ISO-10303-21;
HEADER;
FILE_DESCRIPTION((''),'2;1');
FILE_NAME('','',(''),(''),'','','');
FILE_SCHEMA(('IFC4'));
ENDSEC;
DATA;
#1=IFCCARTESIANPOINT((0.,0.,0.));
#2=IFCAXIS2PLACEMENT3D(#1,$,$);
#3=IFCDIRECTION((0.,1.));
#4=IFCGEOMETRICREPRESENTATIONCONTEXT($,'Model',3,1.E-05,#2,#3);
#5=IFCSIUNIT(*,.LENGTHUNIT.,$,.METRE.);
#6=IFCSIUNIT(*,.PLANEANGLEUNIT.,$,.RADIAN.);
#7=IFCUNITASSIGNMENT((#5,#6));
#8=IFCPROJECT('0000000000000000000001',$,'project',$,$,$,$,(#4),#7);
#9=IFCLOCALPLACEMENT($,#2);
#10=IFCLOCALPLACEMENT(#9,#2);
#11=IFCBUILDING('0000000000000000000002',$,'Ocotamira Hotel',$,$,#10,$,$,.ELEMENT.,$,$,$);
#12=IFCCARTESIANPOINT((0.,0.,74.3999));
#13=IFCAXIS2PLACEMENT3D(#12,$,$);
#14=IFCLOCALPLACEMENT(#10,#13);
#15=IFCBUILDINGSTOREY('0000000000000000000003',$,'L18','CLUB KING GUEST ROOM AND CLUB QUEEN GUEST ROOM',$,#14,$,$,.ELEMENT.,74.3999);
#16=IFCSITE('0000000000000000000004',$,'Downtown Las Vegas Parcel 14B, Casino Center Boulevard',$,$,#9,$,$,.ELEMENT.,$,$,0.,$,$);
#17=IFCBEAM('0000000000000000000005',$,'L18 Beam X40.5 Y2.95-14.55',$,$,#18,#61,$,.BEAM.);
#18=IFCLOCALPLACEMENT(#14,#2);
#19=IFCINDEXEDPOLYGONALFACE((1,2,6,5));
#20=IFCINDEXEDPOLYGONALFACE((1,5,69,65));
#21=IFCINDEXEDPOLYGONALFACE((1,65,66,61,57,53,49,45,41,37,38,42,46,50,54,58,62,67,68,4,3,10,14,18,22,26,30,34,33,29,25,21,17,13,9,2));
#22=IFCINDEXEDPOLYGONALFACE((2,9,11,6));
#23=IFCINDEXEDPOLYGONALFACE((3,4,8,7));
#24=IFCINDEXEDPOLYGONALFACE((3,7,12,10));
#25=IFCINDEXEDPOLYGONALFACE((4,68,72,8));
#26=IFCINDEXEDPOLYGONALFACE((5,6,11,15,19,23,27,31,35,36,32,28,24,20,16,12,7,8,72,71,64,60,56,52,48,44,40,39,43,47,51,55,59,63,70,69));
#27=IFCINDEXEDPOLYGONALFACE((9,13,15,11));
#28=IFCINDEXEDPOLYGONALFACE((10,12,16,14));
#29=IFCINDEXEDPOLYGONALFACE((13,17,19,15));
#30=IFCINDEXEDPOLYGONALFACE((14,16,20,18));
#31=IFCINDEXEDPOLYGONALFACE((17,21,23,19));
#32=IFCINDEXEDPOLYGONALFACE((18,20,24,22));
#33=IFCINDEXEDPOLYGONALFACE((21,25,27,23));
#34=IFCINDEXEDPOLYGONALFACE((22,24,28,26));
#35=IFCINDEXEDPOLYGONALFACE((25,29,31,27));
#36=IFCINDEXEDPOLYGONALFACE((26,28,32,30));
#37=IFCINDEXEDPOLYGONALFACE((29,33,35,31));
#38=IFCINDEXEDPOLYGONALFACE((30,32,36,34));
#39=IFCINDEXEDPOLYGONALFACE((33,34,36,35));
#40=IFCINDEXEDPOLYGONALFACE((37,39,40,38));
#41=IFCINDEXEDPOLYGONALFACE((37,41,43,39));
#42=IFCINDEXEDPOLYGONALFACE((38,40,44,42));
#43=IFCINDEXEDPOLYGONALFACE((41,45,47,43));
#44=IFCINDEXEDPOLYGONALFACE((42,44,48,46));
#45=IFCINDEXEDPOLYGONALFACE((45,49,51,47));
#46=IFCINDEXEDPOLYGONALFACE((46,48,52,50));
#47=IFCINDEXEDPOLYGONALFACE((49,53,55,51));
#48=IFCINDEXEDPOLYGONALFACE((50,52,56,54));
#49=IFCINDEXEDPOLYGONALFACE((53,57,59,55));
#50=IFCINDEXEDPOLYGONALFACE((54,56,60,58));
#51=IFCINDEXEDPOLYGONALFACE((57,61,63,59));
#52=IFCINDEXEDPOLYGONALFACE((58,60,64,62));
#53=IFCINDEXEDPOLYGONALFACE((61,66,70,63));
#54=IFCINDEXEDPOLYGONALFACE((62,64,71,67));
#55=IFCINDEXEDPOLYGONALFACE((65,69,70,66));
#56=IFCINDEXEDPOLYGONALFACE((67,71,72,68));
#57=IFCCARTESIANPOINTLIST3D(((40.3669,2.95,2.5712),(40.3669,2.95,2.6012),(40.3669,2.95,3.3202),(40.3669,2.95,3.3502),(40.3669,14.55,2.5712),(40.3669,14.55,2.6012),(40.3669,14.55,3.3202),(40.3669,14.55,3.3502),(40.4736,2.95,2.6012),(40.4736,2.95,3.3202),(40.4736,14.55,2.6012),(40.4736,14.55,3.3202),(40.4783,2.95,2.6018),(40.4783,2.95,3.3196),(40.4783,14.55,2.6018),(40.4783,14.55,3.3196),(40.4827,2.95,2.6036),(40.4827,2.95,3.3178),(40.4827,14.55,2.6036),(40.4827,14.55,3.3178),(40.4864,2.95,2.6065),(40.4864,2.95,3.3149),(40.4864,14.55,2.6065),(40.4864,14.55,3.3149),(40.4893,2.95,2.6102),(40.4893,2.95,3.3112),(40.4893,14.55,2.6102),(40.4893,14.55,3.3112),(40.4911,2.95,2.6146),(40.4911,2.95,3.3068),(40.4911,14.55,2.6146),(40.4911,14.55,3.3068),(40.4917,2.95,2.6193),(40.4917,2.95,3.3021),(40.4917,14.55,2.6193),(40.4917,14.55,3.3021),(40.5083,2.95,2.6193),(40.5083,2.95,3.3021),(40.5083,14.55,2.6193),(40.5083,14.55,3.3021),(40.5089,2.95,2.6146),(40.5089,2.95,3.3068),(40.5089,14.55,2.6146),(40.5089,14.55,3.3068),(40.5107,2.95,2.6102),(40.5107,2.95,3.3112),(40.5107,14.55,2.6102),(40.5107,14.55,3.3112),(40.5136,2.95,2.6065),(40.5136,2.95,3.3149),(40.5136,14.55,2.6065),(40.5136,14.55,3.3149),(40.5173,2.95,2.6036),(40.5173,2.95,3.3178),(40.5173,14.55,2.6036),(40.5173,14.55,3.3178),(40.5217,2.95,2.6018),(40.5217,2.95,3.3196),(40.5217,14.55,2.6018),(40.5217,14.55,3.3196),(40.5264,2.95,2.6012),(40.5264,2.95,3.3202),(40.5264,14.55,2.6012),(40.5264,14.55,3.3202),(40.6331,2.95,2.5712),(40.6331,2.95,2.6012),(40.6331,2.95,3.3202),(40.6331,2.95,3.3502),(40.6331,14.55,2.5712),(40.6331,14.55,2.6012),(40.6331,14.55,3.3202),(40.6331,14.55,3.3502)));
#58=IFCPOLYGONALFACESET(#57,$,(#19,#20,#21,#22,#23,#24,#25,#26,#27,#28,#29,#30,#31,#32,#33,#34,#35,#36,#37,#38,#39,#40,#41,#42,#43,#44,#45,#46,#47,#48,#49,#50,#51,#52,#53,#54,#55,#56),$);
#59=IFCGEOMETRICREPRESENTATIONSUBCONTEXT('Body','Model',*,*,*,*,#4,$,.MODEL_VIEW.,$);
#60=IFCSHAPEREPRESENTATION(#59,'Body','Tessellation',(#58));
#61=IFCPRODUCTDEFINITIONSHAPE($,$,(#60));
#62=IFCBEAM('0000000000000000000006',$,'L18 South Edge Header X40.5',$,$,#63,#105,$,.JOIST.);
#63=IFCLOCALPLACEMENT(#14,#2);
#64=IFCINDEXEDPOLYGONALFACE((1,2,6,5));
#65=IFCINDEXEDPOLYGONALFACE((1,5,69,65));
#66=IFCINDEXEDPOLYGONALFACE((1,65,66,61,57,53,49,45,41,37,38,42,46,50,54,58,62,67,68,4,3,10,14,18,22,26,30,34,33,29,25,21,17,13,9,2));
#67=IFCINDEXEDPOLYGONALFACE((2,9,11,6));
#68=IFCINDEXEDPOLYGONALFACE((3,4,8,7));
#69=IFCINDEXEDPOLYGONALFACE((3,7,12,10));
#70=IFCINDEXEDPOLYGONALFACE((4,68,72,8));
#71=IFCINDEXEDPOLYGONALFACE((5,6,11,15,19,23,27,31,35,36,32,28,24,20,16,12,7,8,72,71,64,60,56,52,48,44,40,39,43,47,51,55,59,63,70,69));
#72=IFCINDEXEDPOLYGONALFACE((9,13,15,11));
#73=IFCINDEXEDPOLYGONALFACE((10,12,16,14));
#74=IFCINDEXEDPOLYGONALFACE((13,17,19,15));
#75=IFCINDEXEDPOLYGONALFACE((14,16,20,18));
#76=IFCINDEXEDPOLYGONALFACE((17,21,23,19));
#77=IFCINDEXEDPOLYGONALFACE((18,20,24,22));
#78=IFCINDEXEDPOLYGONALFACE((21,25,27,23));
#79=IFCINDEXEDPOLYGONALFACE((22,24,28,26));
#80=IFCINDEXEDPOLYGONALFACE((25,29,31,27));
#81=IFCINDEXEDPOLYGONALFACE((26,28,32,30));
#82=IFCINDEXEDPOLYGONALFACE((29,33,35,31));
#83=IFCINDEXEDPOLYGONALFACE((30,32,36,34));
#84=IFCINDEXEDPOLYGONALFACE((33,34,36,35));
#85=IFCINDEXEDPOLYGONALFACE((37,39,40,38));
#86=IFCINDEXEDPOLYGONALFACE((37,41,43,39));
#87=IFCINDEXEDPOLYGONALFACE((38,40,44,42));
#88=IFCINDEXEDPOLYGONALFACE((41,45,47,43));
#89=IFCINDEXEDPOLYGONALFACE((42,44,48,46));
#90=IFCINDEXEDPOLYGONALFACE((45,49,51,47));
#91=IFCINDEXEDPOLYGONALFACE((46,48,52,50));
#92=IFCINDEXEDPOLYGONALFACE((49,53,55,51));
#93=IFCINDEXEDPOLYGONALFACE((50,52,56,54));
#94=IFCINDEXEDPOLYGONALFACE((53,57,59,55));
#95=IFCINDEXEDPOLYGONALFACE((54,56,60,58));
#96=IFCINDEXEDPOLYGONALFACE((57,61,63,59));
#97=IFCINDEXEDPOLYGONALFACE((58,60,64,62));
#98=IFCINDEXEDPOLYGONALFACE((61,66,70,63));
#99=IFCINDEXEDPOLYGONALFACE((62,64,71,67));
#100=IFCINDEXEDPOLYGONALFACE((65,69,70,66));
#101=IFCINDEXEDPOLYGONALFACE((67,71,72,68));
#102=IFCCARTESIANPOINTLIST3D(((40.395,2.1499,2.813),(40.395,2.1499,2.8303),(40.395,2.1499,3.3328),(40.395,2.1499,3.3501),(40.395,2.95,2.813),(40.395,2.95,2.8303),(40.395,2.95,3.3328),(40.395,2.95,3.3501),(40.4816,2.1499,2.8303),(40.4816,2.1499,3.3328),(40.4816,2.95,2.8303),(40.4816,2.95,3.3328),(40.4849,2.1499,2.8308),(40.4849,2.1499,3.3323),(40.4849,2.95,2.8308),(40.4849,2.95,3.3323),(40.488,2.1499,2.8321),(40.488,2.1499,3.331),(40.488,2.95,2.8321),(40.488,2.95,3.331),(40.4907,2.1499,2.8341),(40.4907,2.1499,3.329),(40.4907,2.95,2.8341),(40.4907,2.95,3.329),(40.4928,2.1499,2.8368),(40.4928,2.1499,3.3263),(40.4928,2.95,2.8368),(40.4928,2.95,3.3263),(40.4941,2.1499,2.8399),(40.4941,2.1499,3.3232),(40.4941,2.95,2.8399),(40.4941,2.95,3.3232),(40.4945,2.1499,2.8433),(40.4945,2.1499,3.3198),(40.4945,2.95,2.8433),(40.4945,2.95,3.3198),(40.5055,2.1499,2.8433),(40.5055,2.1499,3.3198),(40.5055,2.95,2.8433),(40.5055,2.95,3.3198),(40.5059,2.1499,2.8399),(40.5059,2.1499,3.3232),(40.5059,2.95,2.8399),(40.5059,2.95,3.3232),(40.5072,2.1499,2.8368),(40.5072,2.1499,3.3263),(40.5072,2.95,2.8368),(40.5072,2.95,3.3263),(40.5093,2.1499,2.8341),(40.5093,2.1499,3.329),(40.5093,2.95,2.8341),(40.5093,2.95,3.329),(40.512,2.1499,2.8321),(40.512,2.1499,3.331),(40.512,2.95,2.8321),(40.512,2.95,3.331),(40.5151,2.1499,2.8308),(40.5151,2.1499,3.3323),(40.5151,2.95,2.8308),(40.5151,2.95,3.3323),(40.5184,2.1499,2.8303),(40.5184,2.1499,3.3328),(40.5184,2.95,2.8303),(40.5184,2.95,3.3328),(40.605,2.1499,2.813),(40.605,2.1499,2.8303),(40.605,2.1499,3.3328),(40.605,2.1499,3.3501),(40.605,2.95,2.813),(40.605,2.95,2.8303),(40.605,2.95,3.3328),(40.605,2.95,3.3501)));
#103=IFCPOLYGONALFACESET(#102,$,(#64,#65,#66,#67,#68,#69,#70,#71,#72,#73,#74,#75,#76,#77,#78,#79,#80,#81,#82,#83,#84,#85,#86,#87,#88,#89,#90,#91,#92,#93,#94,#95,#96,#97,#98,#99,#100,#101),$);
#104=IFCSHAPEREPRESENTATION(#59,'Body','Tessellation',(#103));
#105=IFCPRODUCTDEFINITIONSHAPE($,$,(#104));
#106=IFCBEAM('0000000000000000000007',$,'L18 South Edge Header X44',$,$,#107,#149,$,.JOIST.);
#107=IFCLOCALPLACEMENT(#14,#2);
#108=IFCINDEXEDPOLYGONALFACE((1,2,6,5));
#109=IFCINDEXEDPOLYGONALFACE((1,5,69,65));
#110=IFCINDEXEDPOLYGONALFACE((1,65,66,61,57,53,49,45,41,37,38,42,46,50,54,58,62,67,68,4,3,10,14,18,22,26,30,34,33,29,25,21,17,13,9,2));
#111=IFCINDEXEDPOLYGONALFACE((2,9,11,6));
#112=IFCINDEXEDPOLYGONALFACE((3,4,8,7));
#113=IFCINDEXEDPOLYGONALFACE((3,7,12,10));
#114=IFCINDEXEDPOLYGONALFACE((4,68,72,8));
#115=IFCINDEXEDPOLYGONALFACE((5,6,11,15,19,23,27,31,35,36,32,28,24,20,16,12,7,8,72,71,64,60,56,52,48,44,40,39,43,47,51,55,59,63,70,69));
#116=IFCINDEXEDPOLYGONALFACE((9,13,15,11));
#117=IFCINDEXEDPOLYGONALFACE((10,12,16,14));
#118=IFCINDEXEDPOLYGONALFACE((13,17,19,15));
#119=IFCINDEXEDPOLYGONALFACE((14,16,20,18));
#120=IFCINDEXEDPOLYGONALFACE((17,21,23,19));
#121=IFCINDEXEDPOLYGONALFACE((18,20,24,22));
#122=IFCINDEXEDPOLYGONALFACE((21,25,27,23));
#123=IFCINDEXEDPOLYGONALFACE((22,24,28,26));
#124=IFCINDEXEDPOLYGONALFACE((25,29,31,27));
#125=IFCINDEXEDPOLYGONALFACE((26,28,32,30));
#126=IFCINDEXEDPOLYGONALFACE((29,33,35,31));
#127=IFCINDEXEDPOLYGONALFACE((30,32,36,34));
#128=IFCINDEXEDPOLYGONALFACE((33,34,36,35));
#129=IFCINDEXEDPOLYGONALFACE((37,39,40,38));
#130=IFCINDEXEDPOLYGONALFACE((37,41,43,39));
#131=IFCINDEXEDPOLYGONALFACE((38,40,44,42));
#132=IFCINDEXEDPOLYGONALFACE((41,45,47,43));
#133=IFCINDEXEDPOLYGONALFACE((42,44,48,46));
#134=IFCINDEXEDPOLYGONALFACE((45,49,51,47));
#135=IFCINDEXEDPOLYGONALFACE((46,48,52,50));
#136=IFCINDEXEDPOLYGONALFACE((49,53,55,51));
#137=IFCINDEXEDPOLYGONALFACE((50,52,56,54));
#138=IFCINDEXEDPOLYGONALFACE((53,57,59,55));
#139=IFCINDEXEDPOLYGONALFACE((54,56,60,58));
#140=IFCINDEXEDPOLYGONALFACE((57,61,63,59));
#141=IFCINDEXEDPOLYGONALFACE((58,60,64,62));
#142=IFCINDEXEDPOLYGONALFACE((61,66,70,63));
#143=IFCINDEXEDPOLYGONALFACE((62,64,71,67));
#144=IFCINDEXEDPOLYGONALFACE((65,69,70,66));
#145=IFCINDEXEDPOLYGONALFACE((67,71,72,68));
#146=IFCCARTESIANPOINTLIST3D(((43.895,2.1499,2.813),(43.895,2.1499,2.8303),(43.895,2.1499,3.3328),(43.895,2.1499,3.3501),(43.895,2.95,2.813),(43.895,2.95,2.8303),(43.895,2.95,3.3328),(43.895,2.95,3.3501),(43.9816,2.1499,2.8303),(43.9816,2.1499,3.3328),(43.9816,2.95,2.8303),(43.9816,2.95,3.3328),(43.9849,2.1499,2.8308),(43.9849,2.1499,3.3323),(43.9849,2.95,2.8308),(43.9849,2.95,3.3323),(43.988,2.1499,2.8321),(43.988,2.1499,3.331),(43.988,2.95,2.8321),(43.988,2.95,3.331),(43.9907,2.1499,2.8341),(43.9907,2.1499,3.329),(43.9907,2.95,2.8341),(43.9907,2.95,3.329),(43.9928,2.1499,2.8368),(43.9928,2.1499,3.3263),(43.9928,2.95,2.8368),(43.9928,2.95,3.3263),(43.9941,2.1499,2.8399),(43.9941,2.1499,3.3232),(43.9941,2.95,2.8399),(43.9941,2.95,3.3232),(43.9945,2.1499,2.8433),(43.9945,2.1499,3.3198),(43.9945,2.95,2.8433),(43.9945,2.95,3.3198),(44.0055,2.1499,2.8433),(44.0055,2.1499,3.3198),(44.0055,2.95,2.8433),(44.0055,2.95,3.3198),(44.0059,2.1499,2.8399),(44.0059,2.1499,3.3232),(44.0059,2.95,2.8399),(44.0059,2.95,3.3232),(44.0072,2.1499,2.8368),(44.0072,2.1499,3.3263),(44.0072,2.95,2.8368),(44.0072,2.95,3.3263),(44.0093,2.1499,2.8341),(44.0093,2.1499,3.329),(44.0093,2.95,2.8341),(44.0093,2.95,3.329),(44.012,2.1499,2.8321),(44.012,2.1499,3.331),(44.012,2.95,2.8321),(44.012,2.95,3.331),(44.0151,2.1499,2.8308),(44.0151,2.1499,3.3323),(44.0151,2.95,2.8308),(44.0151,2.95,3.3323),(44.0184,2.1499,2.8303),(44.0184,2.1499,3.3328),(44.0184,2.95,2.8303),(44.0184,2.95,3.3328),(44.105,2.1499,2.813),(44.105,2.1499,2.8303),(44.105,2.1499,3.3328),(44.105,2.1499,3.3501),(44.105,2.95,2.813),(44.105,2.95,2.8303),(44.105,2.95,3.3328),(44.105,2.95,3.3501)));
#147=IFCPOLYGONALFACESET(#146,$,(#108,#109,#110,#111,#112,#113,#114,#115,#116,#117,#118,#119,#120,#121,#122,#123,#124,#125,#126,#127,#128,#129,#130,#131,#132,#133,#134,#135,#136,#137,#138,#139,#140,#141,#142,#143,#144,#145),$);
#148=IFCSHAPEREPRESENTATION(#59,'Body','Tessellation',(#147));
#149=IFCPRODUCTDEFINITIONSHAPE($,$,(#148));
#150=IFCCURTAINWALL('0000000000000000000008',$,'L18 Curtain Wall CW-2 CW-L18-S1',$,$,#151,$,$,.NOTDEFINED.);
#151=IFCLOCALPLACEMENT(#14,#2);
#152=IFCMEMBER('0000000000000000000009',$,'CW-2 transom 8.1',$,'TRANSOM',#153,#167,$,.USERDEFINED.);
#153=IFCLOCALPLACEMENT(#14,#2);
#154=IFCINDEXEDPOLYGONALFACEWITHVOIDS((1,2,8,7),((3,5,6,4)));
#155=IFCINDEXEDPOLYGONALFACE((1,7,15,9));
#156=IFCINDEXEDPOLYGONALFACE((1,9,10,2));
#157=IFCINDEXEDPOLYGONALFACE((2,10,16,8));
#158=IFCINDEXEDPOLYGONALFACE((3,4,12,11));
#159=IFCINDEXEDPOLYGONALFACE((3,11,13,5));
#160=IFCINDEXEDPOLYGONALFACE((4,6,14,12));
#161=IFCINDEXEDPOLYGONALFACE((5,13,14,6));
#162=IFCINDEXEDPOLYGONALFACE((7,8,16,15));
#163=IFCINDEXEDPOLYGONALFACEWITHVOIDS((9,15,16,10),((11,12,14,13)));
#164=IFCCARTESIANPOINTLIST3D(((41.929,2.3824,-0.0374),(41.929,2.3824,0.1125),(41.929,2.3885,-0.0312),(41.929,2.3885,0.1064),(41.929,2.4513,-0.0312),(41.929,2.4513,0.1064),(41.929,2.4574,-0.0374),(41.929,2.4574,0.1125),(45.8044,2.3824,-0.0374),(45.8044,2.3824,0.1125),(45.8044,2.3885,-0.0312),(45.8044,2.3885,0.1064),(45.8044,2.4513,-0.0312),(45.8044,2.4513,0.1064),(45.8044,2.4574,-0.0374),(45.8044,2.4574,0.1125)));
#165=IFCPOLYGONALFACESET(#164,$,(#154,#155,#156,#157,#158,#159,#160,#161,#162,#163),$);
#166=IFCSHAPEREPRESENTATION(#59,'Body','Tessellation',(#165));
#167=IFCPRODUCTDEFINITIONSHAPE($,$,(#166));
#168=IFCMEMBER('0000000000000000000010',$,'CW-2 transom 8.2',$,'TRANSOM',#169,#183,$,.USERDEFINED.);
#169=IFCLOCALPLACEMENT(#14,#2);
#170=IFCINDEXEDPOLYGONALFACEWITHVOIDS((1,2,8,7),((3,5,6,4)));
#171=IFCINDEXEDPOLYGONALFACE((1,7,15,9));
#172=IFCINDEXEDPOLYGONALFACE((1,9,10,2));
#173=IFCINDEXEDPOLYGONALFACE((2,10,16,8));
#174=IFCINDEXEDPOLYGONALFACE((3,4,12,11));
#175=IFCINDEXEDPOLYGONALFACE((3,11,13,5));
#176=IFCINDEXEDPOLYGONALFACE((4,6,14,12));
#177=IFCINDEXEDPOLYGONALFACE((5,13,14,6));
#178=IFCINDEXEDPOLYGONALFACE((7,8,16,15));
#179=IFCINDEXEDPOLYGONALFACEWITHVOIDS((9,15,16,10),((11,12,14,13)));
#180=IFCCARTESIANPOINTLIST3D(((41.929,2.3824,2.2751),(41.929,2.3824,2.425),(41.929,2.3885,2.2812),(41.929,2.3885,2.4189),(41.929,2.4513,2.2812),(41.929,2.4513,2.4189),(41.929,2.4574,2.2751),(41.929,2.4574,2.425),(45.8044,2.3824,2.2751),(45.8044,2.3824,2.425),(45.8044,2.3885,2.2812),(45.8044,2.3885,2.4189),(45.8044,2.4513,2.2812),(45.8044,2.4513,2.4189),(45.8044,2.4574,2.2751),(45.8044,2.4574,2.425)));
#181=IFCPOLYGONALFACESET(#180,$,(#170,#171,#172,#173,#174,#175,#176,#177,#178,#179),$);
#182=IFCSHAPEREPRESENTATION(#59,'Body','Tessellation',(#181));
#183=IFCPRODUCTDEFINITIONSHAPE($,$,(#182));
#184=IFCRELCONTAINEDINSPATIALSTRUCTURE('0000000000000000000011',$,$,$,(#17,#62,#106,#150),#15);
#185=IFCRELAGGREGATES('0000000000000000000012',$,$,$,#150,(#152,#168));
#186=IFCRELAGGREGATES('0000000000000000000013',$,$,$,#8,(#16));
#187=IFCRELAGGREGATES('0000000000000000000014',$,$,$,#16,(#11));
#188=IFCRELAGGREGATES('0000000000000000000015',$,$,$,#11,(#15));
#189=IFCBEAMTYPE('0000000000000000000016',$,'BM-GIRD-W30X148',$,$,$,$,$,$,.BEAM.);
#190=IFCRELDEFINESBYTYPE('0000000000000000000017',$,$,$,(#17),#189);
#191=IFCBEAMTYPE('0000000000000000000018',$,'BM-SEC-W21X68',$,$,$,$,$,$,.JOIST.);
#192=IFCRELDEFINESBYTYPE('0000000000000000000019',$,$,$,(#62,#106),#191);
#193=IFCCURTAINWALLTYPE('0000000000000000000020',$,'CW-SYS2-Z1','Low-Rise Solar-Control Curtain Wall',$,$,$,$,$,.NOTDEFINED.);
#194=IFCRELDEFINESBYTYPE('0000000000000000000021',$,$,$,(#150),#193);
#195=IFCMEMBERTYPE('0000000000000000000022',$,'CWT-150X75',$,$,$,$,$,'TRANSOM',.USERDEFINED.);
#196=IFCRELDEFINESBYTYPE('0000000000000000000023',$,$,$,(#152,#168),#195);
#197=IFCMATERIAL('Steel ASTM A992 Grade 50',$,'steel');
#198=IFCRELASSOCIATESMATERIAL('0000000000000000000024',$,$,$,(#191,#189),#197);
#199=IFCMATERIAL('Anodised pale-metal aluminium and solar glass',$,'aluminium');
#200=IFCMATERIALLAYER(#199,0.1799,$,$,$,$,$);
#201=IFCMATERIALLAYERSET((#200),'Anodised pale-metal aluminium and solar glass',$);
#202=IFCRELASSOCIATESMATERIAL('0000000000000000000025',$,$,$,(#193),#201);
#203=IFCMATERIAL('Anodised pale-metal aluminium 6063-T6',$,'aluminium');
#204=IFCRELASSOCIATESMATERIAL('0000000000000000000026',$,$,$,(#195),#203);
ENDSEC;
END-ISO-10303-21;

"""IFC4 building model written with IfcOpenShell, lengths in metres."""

from ifc_helpers import new_model, si_unit, direction, frame, origin, origin_2d, place, context, subcontext, project, spatial, hollow_rectangle, i_section, extrude, source, transform, mapped, material, layer, layer_set, material_profile, profile_set, type_object, element, aggregate, save


model = new_model("IFC4")

# Units and contexts
model_context = context("Model", 3, precision=1e-05, world=origin(), true_north=direction((0.0, 1.0)))
body_context = subcontext(model_context, "Body", "Model", "MODEL_VIEW")
ifc_project = project(units=[si_unit("LENGTHUNIT", "METRE"), si_unit("PLANEANGLEUNIT", "RADIAN")], contexts=[model_context])

# Site, building, storey
site_placement = place(None, origin())
site = spatial("IfcSite", under=ifc_project, at=site_placement, Name="Downtown Las Vegas Parcel 14B, Casino Center Boulevard", CompositionType="ELEMENT", RefElevation=0.0)
building_placement = place(site_placement, origin())
building = spatial("IfcBuilding", under=site, at=building_placement, Name="Ocotamira Hotel", CompositionType="ELEMENT")
storey_placement = place(building_placement, frame((0.0, 0.0, 74.3999)))
storey = spatial("IfcBuildingStorey", under=building, at=storey_placement, Name="L18", Description="CLUB KING GUEST ROOM AND CLUB QUEEN GUEST ROOM", CompositionType="ELEMENT", Elevation=74.3999)

# Beams
ifc_material_1 = material(Name="Steel ASTM A992 Grade 50", Category="steel")
ifc_material_profile_1 = material_profile(ifc_material_1, i_section(OverallWidth=0.21, OverallDepth=0.5371, WebThickness=0.011, FlangeThickness=0.0173, FilletRadius=0.0129, at=origin_2d()), Name="W21X68")
ifc_profile_set_1 = profile_set([ifc_material_profile_1], Name="Steel ASTM A992 Grade 50")
beam_type_1 = type_object("IfcBeamType", Name="BM-SEC-W21X68", PredefinedType="JOIST", material=ifc_profile_set_1)
ifc_material_profile_2 = material_profile(ifc_material_1, i_section(OverallWidth=0.2661, OverallDepth=0.7791, WebThickness=0.0166, FlangeThickness=0.03, FilletRadius=0.0181, at=origin_2d()), Name="W30X148")
ifc_profile_set_2 = profile_set([ifc_material_profile_2], Name="Steel ASTM A992 Grade 50")
beam_type_2 = type_object("IfcBeamType", Name="BM-GIRD-W30X148", PredefinedType="BEAM", material=ifc_profile_set_2)
shared_shape_1 = source(origin(), body_context, "Body", "SweptSolid", [
    extrude(i_section(OverallWidth=0.2661, OverallDepth=0.7791, WebThickness=0.0166, FlangeThickness=0.03, FilletRadius=0.0181, at=origin_2d()), origin(), (0.0, 0.0, 1.0), 11.6001),
])
beam_1_placement = place(storey_placement, frame((40.5, 2.95, 2.9607), z_axis=(0.0, 1.0, 0.0), x_axis=(-1.0, 0.0, 0.0)))
element("IfcBeam", 1, at=beam_1_placement, inside=storey, type_object=beam_type_2, Name="L18 Beam X40.5 Y2.95-14.55", PredefinedType="BEAM", context=body_context, shape_type="MappedRepresentation", body=[
    mapped(shared_shape_1, transform((0.0, 0.0, 0.0), scale=1.0)),
])
shared_shape_2 = source(origin(), body_context, "Body", "SweptSolid", [
    extrude(i_section(OverallWidth=0.21, OverallDepth=0.5371, WebThickness=0.011, FlangeThickness=0.0173, FilletRadius=0.0129, at=origin_2d()), origin(), (0.0, 0.0, 1.0), 0.8),
])
for number, where, z_axis, x_axis, name in (
    (2, (40.5, 2.95, 3.0815), (0.0, -1.0, 0.0), (1.0, 0.0, 0.0), "L18 South Edge Header X40.5"),
    (3, (44.0, 2.95, 3.0815), (0.0, -1.0, 0.0), (1.0, 0.0, 0.0), "L18 South Edge Header X44"),
):
    element("IfcBeam", number, at=place(storey_placement, frame(where, z_axis=z_axis, x_axis=x_axis)), inside=storey, type_object=beam_type_1, Name=name, PredefinedType="JOIST", context=body_context, shape_type="MappedRepresentation", body=[
        mapped(shared_shape_2, transform((0.0, 0.0, 0.0), scale=1.0)),
    ])

# Curtain wall, members
ifc_material_2 = material(Name="Anodised pale-metal aluminium and solar glass", Category="aluminium")
ifc_layer_1 = layer(ifc_material_2, 0.1799)
ifc_layer_set_1 = layer_set([ifc_layer_1], Name="Anodised pale-metal aluminium and solar glass")
curtain_wall_type = type_object("IfcCurtainWallType", Name="CW-SYS2-Z1", Description="Low-Rise Solar-Control Curtain Wall", PredefinedType="NOTDEFINED", material=ifc_layer_set_1)
curtain_wall_placement = place(storey_placement, origin())
curtain_wall = element("IfcCurtainWall", 4, at=curtain_wall_placement, inside=storey, type_object=curtain_wall_type, Name="L18 Curtain Wall CW-2 CW-L18-S1", PredefinedType="NOTDEFINED")
ifc_material_3 = material(Name="Anodised pale-metal aluminium 6063-T6", Category="aluminium")
ifc_material_profile_3 = material_profile(ifc_material_3, hollow_rectangle(XDim=0.075, YDim=0.1499, WallThickness=0.0061, at=origin_2d()), Name="HSS150X75X6")
ifc_profile_set_3 = profile_set([ifc_material_profile_3], Name="Anodised pale-metal aluminium 6063-T6")
member_type_1 = type_object("IfcMemberType", Name="CWT-150X75", ElementType="TRANSOM", PredefinedType="USERDEFINED", material=ifc_profile_set_3)
shared_shape_3 = source(origin(), body_context, "Body", "SweptSolid", [
    extrude(hollow_rectangle(XDim=0.075, YDim=0.1499, WallThickness=0.0061, at=origin_2d()), origin(), (0.0, 0.0, 1.0), 3.8755),
])
member_1_placement = place(storey_placement, frame((41.929, 2.4199, 0.0376), z_axis=(1.0, 0.0, 0.0), x_axis=(0.0, 1.0, 0.0)))
member_1 = element("IfcMember", 5, at=member_1_placement, type_object=member_type_1, Name="CW-2 transom 8.1", ObjectType="TRANSOM", PredefinedType="USERDEFINED", context=body_context, shape_type="MappedRepresentation", body=[
    mapped(shared_shape_3, transform((0.0, 0.0, 0.0), scale=1.0)),
])
member_2_placement = place(storey_placement, frame((41.929, 2.4199, 2.3501), z_axis=(1.0, 0.0, 0.0), x_axis=(0.0, 1.0, 0.0)))
member_2 = element("IfcMember", 6, at=member_2_placement, type_object=member_type_1, Name="CW-2 transom 8.2", ObjectType="TRANSOM", PredefinedType="USERDEFINED", context=body_context, shape_type="MappedRepresentation", body=[
    mapped(shared_shape_3, transform((0.0, 0.0, 0.0), scale=1.0)),
])
aggregate(curtain_wall, [member_1, member_2])

save(model, "model.ifc")
